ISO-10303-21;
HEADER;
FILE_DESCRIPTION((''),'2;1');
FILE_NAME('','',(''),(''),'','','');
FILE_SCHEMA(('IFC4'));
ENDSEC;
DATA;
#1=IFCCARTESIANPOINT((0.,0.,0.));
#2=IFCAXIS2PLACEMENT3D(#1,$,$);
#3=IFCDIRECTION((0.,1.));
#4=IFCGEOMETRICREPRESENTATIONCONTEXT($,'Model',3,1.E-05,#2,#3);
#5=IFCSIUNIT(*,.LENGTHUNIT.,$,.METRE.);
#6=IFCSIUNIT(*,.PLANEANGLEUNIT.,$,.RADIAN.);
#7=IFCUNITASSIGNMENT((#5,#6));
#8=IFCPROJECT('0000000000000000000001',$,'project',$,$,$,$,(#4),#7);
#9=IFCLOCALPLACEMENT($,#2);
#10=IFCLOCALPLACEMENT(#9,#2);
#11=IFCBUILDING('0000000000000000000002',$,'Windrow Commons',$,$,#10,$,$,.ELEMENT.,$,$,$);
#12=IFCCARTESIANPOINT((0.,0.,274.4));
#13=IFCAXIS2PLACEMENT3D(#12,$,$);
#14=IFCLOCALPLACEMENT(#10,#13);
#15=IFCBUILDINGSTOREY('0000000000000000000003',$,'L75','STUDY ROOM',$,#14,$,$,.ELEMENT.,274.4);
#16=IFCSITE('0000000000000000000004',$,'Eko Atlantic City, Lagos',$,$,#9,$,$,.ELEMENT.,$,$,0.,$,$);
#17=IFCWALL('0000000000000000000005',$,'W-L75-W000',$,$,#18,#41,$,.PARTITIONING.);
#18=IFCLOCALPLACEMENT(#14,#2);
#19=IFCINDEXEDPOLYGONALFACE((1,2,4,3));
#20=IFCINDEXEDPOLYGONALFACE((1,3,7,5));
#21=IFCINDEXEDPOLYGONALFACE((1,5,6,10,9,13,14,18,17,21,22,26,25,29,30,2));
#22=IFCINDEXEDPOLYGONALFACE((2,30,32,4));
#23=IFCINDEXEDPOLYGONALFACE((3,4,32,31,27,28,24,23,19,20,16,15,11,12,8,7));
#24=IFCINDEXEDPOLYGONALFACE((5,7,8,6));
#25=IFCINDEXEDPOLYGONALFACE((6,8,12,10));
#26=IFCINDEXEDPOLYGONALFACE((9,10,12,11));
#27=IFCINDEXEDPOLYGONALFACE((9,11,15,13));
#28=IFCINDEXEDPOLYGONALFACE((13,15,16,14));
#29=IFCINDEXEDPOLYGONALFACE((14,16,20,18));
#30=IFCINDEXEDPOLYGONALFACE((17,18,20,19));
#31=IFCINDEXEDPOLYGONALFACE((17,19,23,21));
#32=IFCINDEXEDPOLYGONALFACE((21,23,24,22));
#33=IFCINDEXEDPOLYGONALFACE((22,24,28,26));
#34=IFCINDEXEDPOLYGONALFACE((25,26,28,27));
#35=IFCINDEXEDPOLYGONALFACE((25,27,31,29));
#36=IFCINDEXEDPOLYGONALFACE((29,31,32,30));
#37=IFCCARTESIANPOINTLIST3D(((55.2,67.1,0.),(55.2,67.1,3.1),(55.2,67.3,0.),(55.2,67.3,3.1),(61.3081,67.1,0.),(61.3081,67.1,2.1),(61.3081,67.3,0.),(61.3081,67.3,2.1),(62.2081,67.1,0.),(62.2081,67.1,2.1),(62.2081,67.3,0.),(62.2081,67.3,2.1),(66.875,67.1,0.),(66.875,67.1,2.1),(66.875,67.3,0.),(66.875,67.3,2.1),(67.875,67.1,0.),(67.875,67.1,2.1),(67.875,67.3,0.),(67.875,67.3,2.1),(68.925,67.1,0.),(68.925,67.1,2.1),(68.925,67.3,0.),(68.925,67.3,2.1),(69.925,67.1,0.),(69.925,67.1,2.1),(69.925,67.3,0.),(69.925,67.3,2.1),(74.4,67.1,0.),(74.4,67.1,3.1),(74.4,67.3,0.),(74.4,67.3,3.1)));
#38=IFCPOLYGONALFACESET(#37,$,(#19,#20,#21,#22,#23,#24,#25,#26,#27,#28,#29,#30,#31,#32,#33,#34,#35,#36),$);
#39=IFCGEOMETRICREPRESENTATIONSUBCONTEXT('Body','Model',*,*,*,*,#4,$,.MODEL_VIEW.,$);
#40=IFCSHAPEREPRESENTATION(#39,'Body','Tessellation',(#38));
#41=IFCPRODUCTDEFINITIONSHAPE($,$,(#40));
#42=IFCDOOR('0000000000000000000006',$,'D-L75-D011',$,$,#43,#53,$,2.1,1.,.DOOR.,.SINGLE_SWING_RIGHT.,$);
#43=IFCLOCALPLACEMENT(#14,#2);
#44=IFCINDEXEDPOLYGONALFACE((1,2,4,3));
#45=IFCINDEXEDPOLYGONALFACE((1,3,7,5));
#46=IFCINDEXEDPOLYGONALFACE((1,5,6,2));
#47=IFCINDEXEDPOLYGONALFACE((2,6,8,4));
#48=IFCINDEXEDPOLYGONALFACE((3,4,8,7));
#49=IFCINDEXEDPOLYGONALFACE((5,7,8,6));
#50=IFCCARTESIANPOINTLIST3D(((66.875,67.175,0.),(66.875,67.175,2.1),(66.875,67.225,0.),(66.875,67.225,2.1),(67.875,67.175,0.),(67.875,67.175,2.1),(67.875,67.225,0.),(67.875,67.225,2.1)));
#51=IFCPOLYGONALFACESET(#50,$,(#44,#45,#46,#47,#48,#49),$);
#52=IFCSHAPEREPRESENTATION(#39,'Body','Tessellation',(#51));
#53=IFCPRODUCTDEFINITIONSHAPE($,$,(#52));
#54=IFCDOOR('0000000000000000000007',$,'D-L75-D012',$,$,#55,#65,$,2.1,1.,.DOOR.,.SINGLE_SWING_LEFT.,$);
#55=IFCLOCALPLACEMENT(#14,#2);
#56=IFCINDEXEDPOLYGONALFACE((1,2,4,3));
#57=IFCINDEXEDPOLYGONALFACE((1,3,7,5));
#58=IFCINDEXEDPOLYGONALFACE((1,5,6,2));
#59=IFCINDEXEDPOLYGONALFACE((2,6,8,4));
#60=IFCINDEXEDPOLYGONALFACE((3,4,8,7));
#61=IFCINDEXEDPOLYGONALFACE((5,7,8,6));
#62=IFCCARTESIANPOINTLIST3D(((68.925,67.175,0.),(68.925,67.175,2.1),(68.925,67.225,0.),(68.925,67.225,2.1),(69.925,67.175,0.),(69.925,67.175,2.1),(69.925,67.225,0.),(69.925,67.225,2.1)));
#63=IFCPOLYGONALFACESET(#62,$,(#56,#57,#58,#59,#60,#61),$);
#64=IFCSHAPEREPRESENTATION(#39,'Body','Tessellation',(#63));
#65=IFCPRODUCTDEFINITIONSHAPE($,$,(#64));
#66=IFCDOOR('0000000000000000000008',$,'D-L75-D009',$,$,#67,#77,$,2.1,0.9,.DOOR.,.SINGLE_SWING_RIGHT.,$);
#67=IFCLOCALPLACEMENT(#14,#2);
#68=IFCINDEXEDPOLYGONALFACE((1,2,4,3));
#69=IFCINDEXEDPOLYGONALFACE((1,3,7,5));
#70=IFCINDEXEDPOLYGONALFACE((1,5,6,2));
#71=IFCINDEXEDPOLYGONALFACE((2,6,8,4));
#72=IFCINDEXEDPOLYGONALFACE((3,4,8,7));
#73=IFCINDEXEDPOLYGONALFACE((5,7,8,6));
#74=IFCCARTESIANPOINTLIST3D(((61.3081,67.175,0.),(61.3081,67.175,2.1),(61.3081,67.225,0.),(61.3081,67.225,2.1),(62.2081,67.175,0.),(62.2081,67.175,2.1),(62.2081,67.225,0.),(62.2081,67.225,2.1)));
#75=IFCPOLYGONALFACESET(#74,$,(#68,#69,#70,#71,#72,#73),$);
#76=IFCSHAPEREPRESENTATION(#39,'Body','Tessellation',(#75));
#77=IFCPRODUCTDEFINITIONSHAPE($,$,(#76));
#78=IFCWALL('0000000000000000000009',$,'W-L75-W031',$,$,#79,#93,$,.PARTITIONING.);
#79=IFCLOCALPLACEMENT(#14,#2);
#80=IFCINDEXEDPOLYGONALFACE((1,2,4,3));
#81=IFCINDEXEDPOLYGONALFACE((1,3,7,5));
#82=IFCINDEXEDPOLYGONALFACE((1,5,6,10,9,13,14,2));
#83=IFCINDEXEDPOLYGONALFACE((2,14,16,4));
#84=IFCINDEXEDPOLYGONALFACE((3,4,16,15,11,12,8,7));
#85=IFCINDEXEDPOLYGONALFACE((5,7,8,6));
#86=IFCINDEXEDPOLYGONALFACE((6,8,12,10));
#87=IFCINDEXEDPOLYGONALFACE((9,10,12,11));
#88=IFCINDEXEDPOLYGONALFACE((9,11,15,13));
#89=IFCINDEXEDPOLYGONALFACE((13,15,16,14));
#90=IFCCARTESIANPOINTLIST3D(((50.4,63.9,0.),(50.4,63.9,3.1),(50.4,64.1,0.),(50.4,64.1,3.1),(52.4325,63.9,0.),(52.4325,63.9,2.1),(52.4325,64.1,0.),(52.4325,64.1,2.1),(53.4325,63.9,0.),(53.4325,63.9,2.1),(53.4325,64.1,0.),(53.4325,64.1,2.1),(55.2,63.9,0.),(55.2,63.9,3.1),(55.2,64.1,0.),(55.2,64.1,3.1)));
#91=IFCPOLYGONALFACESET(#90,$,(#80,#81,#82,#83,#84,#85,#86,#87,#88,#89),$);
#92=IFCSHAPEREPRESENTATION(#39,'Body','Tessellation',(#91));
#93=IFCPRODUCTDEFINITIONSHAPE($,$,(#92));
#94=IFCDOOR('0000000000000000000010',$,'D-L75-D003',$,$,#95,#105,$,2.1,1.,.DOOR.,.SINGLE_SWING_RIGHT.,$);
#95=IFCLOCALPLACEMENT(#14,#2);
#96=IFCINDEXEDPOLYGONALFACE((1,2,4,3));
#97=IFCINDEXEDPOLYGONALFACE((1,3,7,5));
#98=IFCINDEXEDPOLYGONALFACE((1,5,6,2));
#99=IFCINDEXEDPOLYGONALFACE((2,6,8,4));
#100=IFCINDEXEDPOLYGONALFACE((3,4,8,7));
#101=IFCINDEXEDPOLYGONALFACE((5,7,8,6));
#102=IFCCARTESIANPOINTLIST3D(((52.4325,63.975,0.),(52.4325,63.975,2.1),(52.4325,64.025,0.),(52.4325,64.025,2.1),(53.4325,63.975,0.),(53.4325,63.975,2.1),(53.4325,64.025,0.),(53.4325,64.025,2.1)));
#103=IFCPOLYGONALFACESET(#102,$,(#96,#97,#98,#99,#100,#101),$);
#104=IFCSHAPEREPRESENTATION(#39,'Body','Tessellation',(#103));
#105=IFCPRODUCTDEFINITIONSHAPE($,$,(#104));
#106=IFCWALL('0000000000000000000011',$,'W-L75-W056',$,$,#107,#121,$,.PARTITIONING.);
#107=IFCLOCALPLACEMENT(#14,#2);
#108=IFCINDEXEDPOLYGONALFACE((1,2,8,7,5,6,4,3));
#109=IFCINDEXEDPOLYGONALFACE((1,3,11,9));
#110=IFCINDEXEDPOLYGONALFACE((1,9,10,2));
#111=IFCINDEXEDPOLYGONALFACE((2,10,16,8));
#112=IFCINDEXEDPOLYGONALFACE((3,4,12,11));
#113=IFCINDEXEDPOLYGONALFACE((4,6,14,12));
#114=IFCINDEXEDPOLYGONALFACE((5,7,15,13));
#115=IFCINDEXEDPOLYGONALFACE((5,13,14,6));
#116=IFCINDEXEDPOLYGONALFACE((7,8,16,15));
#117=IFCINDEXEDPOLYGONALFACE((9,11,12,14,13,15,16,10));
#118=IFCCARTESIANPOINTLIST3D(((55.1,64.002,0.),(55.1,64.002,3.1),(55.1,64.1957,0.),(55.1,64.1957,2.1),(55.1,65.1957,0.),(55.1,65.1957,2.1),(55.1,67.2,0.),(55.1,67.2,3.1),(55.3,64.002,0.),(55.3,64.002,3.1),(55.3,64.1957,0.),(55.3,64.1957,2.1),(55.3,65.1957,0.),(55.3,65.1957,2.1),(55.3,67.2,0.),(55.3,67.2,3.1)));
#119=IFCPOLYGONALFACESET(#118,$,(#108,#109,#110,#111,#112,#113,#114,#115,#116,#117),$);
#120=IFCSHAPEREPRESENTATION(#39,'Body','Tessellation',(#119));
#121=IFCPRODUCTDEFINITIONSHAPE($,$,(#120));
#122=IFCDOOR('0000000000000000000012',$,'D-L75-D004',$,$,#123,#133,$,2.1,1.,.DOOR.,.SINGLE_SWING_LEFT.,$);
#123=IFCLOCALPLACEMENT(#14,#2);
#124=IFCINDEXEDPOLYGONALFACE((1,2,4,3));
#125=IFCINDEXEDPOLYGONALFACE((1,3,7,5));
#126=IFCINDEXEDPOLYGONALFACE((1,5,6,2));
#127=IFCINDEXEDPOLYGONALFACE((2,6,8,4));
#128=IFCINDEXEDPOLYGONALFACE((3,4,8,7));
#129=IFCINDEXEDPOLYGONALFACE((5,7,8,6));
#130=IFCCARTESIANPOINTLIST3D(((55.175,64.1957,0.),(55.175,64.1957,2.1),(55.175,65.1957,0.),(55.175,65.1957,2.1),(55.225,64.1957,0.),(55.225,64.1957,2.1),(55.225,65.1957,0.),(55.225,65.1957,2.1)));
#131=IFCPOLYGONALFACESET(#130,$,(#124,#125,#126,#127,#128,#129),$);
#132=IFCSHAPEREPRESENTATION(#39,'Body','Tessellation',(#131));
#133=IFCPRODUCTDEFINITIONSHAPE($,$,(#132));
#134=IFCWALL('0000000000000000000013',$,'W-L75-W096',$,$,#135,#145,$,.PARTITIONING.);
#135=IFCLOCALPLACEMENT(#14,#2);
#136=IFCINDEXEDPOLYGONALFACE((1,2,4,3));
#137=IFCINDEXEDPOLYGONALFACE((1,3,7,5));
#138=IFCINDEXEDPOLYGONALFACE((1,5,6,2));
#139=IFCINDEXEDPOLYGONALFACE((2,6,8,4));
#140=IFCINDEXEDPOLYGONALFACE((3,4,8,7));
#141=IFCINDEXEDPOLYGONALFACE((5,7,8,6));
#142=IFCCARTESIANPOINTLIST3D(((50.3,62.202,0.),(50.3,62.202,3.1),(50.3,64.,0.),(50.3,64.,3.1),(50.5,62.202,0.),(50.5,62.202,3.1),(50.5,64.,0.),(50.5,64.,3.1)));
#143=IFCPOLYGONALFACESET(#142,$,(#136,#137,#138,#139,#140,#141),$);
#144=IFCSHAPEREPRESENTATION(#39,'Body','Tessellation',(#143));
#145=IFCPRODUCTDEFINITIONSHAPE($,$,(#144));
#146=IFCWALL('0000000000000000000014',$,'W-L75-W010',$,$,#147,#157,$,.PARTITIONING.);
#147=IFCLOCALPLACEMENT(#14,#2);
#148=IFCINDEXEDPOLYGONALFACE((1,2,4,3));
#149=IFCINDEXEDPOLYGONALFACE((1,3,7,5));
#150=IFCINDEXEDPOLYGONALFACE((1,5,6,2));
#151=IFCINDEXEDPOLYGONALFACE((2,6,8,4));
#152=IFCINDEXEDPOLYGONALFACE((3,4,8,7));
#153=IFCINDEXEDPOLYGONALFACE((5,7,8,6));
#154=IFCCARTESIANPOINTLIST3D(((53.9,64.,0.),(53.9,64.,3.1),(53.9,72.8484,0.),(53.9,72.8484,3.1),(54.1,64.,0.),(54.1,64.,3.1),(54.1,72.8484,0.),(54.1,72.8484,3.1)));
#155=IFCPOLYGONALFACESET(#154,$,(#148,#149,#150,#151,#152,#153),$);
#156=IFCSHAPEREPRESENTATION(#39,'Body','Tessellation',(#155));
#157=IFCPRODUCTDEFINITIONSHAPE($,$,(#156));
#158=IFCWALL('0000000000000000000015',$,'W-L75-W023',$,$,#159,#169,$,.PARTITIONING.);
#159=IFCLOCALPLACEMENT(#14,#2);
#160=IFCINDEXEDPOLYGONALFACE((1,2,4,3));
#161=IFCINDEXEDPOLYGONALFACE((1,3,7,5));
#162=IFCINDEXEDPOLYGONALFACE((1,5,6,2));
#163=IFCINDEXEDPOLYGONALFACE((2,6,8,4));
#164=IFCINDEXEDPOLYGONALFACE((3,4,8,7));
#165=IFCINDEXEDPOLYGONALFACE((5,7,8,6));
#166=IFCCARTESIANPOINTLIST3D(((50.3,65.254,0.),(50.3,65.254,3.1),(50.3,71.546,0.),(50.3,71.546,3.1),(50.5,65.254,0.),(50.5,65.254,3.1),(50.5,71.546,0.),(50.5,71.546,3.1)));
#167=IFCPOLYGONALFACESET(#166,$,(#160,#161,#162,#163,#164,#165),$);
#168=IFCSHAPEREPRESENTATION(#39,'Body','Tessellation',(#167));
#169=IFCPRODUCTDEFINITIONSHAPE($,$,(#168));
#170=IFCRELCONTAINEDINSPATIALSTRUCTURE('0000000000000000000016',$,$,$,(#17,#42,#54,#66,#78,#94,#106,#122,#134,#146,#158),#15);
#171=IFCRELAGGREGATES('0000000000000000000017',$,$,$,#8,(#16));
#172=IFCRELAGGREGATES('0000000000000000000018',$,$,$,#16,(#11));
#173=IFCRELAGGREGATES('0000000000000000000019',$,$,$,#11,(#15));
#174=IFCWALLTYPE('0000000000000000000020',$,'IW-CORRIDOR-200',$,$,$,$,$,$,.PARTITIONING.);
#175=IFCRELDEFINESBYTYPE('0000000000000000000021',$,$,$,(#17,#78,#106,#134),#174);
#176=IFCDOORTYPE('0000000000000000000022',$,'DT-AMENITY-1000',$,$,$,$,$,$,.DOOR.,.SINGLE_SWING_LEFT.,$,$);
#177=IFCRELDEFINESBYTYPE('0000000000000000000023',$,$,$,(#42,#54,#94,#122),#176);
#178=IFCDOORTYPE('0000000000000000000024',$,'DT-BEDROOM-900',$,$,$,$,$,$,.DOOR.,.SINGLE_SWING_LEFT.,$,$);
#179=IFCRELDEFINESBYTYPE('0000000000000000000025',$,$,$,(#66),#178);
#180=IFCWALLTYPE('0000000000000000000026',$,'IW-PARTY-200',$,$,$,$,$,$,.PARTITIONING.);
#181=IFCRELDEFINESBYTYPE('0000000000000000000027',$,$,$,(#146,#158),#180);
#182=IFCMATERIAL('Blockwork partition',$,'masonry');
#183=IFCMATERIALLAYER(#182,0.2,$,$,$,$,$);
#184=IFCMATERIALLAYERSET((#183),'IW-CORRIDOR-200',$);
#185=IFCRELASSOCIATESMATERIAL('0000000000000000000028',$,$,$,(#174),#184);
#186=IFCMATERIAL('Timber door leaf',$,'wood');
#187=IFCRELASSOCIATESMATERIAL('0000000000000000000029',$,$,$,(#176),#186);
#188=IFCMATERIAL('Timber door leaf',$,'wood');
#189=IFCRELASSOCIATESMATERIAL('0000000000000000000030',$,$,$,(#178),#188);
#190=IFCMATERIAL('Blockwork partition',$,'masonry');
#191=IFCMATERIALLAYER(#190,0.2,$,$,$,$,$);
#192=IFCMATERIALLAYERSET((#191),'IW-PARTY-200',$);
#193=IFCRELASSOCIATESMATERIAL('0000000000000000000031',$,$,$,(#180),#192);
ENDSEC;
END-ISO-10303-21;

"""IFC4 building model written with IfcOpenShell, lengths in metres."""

from ifc_helpers import new_model, si_unit, direction, frame, frame_2d, origin, place, context, subcontext, project, spatial, rectangle, extrude, material, layer, layer_set, type_object, element, fill, save


model = new_model("IFC4")

# Units and contexts
model_context = context("Model", 3, precision=1e-05, world=origin(), true_north=direction((0.0, 1.0)))
body_context = subcontext(model_context, "Body", "Model", "MODEL_VIEW")
ifc_project = project(units=[si_unit("LENGTHUNIT", "METRE"), si_unit("PLANEANGLEUNIT", "RADIAN")], contexts=[model_context])

# Site, building, storey
site_placement = place(None, origin())
site = spatial("IfcSite", under=ifc_project, at=site_placement, Name="Eko Atlantic City, Lagos", CompositionType="ELEMENT", RefElevation=0.0)
building_placement = place(site_placement, origin())
building = spatial("IfcBuilding", under=site, at=building_placement, Name="Windrow Commons", CompositionType="ELEMENT")
storey_placement = place(building_placement, frame((0.0, 0.0, 274.4)))
storey = spatial("IfcBuildingStorey", under=building, at=storey_placement, Name="L75", Description="STUDY ROOM", CompositionType="ELEMENT", Elevation=274.4)

# Wall, openings, doors
ifc_material_1 = material(Name="Blockwork partition", Category="masonry")
ifc_layer_1 = layer(ifc_material_1, 0.2)
ifc_layer_set_1 = layer_set([ifc_layer_1], Name="IW-CORRIDOR-200")
wall_type_1 = type_object("IfcWallType", Name="IW-CORRIDOR-200", PredefinedType="PARTITIONING", material=ifc_layer_set_1)
wall_1_placement = place(storey_placement, frame((55.2, 67.2, 0.0), z_axis=(0.0, 0.0, 1.0), x_axis=(1.0, 0.0, 0.0)))
wall_1 = element("IfcWall", 1, at=wall_1_placement, inside=storey, type_object=wall_type_1, Name="W-L75-W000", PredefinedType="PARTITIONING", context=body_context, shape_type="SweptSolid", body=[
    extrude(rectangle(XDim=19.2, YDim=0.2, at=frame_2d((9.6, 0.0))), origin(), (0.0, 0.0, 1.0), 3.1),
])
opening_1_placement = place(wall_1_placement, frame((6.1081, 0.0, 0.0)))
opening_1 = element("IfcOpeningElement", 2, at=opening_1_placement, cuts=wall_1, PredefinedType="OPENING", context=body_context, shape_type="SweptSolid", body=[
    extrude(rectangle(XDim=0.9, YDim=2.1, at=frame_2d((0.45, 1.05))), frame((0.0, 0.11, 0.0), z_axis=(0.0, -1.0, 0.0), x_axis=(1.0, 0.0, 0.0)), (0.0, 0.0, 1.0), 0.22),
])
opening_2_placement = place(wall_1_placement, frame((11.675, 0.0, 0.0)))
opening_2 = element("IfcOpeningElement", 3, at=opening_2_placement, cuts=wall_1, PredefinedType="OPENING", context=body_context, shape_type="SweptSolid", body=[
    extrude(rectangle(XDim=1.0, YDim=2.1, at=frame_2d((0.5, 1.05))), frame((0.0, 0.11, 0.0), z_axis=(0.0, -1.0, 0.0), x_axis=(1.0, 0.0, 0.0)), (0.0, 0.0, 1.0), 0.22),
])
opening_3_placement = place(wall_1_placement, frame((13.725, 0.0, 0.0)))
opening_3 = element("IfcOpeningElement", 4, at=opening_3_placement, cuts=wall_1, PredefinedType="OPENING", context=body_context, shape_type="SweptSolid", body=[
    extrude(rectangle(XDim=1.0, YDim=2.1, at=frame_2d((0.5, 1.05))), frame((0.0, 0.11, 0.0), z_axis=(0.0, -1.0, 0.0), x_axis=(1.0, 0.0, 0.0)), (0.0, 0.0, 1.0), 0.22),
])
ifc_material_2 = material(Name="Timber door leaf", Category="wood")
door_type_1 = type_object("IfcDoorType", Name="DT-AMENITY-1000", OperationType="SINGLE_SWING_LEFT", PredefinedType="DOOR", material=ifc_material_2)
door_1_placement = place(opening_2_placement, origin())
door_1 = element("IfcDoor", 5, at=door_1_placement, inside=storey, type_object=door_type_1, Name="D-L75-D011", OperationType="SINGLE_SWING_RIGHT", OverallHeight=2.1, OverallWidth=1.0, PredefinedType="DOOR", context=body_context, shape_type="SweptSolid", body=[
    extrude(rectangle(XDim=1.0, YDim=2.1, at=frame_2d((0.5, 1.05))), frame((0.0, 0.025, 0.0), z_axis=(0.0, -1.0, 0.0), x_axis=(1.0, 0.0, 0.0)), (0.0, 0.0, 1.0), 0.05),
])
fill(opening_2, door_1)
door_2_placement = place(opening_3_placement, origin())
door_2 = element("IfcDoor", 6, at=door_2_placement, inside=storey, type_object=door_type_1, Name="D-L75-D012", OperationType="SINGLE_SWING_LEFT", OverallHeight=2.1, OverallWidth=1.0, PredefinedType="DOOR", context=body_context, shape_type="SweptSolid", body=[
    extrude(rectangle(XDim=1.0, YDim=2.1, at=frame_2d((0.5, 1.05))), frame((0.0, 0.025, 0.0), z_axis=(0.0, -1.0, 0.0), x_axis=(1.0, 0.0, 0.0)), (0.0, 0.0, 1.0), 0.05),
])
fill(opening_3, door_2)
ifc_material_3 = material(Name="Timber door leaf", Category="wood")
door_type_2 = type_object("IfcDoorType", Name="DT-BEDROOM-900", OperationType="SINGLE_SWING_LEFT", PredefinedType="DOOR", material=ifc_material_3)
door_3_placement = place(opening_1_placement, origin())
door_3 = element("IfcDoor", 7, at=door_3_placement, inside=storey, type_object=door_type_2, Name="D-L75-D009", OperationType="SINGLE_SWING_RIGHT", OverallHeight=2.1, OverallWidth=0.9, PredefinedType="DOOR", context=body_context, shape_type="SweptSolid", body=[
    extrude(rectangle(XDim=0.9, YDim=2.1, at=frame_2d((0.45, 1.05))), frame((0.0, 0.025, 0.0), z_axis=(0.0, -1.0, 0.0), x_axis=(1.0, 0.0, 0.0)), (0.0, 0.0, 1.0), 0.05),
])
fill(opening_1, door_3)

# Walls, openings, doors
wall_2_placement = place(storey_placement, frame((50.4, 64.0, 0.0), z_axis=(0.0, 0.0, 1.0), x_axis=(1.0, 0.0, 0.0)))
wall_2 = element("IfcWall", 8, at=wall_2_placement, inside=storey, type_object=wall_type_1, Name="W-L75-W031", PredefinedType="PARTITIONING", context=body_context, shape_type="SweptSolid", body=[
    extrude(rectangle(XDim=4.8, YDim=0.2, at=frame_2d((2.4, 0.0))), origin(), (0.0, 0.0, 1.0), 3.1),
])
opening_4_placement = place(wall_2_placement, frame((2.0325, 0.0, 0.0)))
opening_4 = element("IfcOpeningElement", 9, at=opening_4_placement, cuts=wall_2, PredefinedType="OPENING", context=body_context, shape_type="SweptSolid", body=[
    extrude(rectangle(XDim=1.0, YDim=2.1, at=frame_2d((0.5, 1.05))), frame((0.0, 0.11, 0.0), z_axis=(0.0, -1.0, 0.0), x_axis=(1.0, 0.0, 0.0)), (0.0, 0.0, 1.0), 0.22),
])
door_4_placement = place(opening_4_placement, origin())
door_4 = element("IfcDoor", 10, at=door_4_placement, inside=storey, type_object=door_type_1, Name="D-L75-D003", OperationType="SINGLE_SWING_RIGHT", OverallHeight=2.1, OverallWidth=1.0, PredefinedType="DOOR", context=body_context, shape_type="SweptSolid", body=[
    extrude(rectangle(XDim=1.0, YDim=2.1, at=frame_2d((0.5, 1.05))), frame((0.0, 0.025, 0.0), z_axis=(0.0, -1.0, 0.0), x_axis=(1.0, 0.0, 0.0)), (0.0, 0.0, 1.0), 0.05),
])
fill(opening_4, door_4)
wall_3_placement = place(storey_placement, frame((55.2, 64.002, 0.0), z_axis=(0.0, 0.0, 1.0), x_axis=(0.0, 1.0, 0.0)))
wall_3 = element("IfcWall", 11, at=wall_3_placement, inside=storey, type_object=wall_type_1, Name="W-L75-W056", PredefinedType="PARTITIONING", context=body_context, shape_type="SweptSolid", body=[
    extrude(rectangle(XDim=3.198, YDim=0.2, at=frame_2d((1.599, 0.0))), origin(), (0.0, 0.0, 1.0), 3.1),
])
opening_5_placement = place(wall_3_placement, frame((0.1937, 0.0, 0.0)))
opening_5 = element("IfcOpeningElement", 12, at=opening_5_placement, cuts=wall_3, PredefinedType="OPENING", context=body_context, shape_type="SweptSolid", body=[
    extrude(rectangle(XDim=1.0, YDim=2.1, at=frame_2d((0.5, 1.05))), frame((0.0, 0.11, 0.0), z_axis=(0.0, -1.0, 0.0), x_axis=(1.0, 0.0, 0.0)), (0.0, 0.0, 1.0), 0.22),
])
door_5_placement = place(opening_5_placement, origin())
door_5 = element("IfcDoor", 13, at=door_5_placement, inside=storey, type_object=door_type_1, Name="D-L75-D004", OperationType="SINGLE_SWING_LEFT", OverallHeight=2.1, OverallWidth=1.0, PredefinedType="DOOR", context=body_context, shape_type="SweptSolid", body=[
    extrude(rectangle(XDim=1.0, YDim=2.1, at=frame_2d((0.5, 1.05))), frame((0.0, 0.025, 0.0), z_axis=(0.0, -1.0, 0.0), x_axis=(1.0, 0.0, 0.0)), (0.0, 0.0, 1.0), 0.05),
])
fill(opening_5, door_5)

# Walls
wall_4_placement = place(storey_placement, frame((50.4, 62.202, 0.0), z_axis=(0.0, 0.0, 1.0), x_axis=(0.0, 1.0, 0.0)))
element("IfcWall", 14, at=wall_4_placement, inside=storey, type_object=wall_type_1, Name="W-L75-W096", PredefinedType="PARTITIONING", context=body_context, shape_type="SweptSolid", body=[
    extrude(rectangle(XDim=1.798, YDim=0.2, at=frame_2d((0.899, 0.0))), origin(), (0.0, 0.0, 1.0), 3.1),
])
ifc_material_4 = material(Name="Blockwork partition", Category="masonry")
ifc_layer_2 = layer(ifc_material_4, 0.2)
ifc_layer_set_2 = layer_set([ifc_layer_2], Name="IW-PARTY-200")
wall_type_2 = type_object("IfcWallType", Name="IW-PARTY-200", PredefinedType="PARTITIONING", material=ifc_layer_set_2)
wall_5_placement = place(storey_placement, frame((54.0, 64.0, 0.0), z_axis=(0.0, 0.0, 1.0), x_axis=(0.0, 1.0, 0.0)))
element("IfcWall", 15, at=wall_5_placement, inside=storey, type_object=wall_type_2, Name="W-L75-W010", PredefinedType="PARTITIONING", context=body_context, shape_type="SweptSolid", body=[
    extrude(rectangle(XDim=8.8485, YDim=0.2, at=frame_2d((4.4242, 0.0))), origin(), (0.0, 0.0, 1.0), 3.1),
])
wall_6_placement = place(storey_placement, frame((50.4, 65.254, 0.0), z_axis=(0.0, 0.0, 1.0), x_axis=(0.0, 1.0, 0.0)))
element("IfcWall", 16, at=wall_6_placement, inside=storey, type_object=wall_type_2, Name="W-L75-W023", PredefinedType="PARTITIONING", context=body_context, shape_type="SweptSolid", body=[
    extrude(rectangle(XDim=6.292, YDim=0.2, at=frame_2d((3.146, 0.0))), origin(), (0.0, 0.0, 1.0), 3.1),
])

save(model, "model.ifc")
